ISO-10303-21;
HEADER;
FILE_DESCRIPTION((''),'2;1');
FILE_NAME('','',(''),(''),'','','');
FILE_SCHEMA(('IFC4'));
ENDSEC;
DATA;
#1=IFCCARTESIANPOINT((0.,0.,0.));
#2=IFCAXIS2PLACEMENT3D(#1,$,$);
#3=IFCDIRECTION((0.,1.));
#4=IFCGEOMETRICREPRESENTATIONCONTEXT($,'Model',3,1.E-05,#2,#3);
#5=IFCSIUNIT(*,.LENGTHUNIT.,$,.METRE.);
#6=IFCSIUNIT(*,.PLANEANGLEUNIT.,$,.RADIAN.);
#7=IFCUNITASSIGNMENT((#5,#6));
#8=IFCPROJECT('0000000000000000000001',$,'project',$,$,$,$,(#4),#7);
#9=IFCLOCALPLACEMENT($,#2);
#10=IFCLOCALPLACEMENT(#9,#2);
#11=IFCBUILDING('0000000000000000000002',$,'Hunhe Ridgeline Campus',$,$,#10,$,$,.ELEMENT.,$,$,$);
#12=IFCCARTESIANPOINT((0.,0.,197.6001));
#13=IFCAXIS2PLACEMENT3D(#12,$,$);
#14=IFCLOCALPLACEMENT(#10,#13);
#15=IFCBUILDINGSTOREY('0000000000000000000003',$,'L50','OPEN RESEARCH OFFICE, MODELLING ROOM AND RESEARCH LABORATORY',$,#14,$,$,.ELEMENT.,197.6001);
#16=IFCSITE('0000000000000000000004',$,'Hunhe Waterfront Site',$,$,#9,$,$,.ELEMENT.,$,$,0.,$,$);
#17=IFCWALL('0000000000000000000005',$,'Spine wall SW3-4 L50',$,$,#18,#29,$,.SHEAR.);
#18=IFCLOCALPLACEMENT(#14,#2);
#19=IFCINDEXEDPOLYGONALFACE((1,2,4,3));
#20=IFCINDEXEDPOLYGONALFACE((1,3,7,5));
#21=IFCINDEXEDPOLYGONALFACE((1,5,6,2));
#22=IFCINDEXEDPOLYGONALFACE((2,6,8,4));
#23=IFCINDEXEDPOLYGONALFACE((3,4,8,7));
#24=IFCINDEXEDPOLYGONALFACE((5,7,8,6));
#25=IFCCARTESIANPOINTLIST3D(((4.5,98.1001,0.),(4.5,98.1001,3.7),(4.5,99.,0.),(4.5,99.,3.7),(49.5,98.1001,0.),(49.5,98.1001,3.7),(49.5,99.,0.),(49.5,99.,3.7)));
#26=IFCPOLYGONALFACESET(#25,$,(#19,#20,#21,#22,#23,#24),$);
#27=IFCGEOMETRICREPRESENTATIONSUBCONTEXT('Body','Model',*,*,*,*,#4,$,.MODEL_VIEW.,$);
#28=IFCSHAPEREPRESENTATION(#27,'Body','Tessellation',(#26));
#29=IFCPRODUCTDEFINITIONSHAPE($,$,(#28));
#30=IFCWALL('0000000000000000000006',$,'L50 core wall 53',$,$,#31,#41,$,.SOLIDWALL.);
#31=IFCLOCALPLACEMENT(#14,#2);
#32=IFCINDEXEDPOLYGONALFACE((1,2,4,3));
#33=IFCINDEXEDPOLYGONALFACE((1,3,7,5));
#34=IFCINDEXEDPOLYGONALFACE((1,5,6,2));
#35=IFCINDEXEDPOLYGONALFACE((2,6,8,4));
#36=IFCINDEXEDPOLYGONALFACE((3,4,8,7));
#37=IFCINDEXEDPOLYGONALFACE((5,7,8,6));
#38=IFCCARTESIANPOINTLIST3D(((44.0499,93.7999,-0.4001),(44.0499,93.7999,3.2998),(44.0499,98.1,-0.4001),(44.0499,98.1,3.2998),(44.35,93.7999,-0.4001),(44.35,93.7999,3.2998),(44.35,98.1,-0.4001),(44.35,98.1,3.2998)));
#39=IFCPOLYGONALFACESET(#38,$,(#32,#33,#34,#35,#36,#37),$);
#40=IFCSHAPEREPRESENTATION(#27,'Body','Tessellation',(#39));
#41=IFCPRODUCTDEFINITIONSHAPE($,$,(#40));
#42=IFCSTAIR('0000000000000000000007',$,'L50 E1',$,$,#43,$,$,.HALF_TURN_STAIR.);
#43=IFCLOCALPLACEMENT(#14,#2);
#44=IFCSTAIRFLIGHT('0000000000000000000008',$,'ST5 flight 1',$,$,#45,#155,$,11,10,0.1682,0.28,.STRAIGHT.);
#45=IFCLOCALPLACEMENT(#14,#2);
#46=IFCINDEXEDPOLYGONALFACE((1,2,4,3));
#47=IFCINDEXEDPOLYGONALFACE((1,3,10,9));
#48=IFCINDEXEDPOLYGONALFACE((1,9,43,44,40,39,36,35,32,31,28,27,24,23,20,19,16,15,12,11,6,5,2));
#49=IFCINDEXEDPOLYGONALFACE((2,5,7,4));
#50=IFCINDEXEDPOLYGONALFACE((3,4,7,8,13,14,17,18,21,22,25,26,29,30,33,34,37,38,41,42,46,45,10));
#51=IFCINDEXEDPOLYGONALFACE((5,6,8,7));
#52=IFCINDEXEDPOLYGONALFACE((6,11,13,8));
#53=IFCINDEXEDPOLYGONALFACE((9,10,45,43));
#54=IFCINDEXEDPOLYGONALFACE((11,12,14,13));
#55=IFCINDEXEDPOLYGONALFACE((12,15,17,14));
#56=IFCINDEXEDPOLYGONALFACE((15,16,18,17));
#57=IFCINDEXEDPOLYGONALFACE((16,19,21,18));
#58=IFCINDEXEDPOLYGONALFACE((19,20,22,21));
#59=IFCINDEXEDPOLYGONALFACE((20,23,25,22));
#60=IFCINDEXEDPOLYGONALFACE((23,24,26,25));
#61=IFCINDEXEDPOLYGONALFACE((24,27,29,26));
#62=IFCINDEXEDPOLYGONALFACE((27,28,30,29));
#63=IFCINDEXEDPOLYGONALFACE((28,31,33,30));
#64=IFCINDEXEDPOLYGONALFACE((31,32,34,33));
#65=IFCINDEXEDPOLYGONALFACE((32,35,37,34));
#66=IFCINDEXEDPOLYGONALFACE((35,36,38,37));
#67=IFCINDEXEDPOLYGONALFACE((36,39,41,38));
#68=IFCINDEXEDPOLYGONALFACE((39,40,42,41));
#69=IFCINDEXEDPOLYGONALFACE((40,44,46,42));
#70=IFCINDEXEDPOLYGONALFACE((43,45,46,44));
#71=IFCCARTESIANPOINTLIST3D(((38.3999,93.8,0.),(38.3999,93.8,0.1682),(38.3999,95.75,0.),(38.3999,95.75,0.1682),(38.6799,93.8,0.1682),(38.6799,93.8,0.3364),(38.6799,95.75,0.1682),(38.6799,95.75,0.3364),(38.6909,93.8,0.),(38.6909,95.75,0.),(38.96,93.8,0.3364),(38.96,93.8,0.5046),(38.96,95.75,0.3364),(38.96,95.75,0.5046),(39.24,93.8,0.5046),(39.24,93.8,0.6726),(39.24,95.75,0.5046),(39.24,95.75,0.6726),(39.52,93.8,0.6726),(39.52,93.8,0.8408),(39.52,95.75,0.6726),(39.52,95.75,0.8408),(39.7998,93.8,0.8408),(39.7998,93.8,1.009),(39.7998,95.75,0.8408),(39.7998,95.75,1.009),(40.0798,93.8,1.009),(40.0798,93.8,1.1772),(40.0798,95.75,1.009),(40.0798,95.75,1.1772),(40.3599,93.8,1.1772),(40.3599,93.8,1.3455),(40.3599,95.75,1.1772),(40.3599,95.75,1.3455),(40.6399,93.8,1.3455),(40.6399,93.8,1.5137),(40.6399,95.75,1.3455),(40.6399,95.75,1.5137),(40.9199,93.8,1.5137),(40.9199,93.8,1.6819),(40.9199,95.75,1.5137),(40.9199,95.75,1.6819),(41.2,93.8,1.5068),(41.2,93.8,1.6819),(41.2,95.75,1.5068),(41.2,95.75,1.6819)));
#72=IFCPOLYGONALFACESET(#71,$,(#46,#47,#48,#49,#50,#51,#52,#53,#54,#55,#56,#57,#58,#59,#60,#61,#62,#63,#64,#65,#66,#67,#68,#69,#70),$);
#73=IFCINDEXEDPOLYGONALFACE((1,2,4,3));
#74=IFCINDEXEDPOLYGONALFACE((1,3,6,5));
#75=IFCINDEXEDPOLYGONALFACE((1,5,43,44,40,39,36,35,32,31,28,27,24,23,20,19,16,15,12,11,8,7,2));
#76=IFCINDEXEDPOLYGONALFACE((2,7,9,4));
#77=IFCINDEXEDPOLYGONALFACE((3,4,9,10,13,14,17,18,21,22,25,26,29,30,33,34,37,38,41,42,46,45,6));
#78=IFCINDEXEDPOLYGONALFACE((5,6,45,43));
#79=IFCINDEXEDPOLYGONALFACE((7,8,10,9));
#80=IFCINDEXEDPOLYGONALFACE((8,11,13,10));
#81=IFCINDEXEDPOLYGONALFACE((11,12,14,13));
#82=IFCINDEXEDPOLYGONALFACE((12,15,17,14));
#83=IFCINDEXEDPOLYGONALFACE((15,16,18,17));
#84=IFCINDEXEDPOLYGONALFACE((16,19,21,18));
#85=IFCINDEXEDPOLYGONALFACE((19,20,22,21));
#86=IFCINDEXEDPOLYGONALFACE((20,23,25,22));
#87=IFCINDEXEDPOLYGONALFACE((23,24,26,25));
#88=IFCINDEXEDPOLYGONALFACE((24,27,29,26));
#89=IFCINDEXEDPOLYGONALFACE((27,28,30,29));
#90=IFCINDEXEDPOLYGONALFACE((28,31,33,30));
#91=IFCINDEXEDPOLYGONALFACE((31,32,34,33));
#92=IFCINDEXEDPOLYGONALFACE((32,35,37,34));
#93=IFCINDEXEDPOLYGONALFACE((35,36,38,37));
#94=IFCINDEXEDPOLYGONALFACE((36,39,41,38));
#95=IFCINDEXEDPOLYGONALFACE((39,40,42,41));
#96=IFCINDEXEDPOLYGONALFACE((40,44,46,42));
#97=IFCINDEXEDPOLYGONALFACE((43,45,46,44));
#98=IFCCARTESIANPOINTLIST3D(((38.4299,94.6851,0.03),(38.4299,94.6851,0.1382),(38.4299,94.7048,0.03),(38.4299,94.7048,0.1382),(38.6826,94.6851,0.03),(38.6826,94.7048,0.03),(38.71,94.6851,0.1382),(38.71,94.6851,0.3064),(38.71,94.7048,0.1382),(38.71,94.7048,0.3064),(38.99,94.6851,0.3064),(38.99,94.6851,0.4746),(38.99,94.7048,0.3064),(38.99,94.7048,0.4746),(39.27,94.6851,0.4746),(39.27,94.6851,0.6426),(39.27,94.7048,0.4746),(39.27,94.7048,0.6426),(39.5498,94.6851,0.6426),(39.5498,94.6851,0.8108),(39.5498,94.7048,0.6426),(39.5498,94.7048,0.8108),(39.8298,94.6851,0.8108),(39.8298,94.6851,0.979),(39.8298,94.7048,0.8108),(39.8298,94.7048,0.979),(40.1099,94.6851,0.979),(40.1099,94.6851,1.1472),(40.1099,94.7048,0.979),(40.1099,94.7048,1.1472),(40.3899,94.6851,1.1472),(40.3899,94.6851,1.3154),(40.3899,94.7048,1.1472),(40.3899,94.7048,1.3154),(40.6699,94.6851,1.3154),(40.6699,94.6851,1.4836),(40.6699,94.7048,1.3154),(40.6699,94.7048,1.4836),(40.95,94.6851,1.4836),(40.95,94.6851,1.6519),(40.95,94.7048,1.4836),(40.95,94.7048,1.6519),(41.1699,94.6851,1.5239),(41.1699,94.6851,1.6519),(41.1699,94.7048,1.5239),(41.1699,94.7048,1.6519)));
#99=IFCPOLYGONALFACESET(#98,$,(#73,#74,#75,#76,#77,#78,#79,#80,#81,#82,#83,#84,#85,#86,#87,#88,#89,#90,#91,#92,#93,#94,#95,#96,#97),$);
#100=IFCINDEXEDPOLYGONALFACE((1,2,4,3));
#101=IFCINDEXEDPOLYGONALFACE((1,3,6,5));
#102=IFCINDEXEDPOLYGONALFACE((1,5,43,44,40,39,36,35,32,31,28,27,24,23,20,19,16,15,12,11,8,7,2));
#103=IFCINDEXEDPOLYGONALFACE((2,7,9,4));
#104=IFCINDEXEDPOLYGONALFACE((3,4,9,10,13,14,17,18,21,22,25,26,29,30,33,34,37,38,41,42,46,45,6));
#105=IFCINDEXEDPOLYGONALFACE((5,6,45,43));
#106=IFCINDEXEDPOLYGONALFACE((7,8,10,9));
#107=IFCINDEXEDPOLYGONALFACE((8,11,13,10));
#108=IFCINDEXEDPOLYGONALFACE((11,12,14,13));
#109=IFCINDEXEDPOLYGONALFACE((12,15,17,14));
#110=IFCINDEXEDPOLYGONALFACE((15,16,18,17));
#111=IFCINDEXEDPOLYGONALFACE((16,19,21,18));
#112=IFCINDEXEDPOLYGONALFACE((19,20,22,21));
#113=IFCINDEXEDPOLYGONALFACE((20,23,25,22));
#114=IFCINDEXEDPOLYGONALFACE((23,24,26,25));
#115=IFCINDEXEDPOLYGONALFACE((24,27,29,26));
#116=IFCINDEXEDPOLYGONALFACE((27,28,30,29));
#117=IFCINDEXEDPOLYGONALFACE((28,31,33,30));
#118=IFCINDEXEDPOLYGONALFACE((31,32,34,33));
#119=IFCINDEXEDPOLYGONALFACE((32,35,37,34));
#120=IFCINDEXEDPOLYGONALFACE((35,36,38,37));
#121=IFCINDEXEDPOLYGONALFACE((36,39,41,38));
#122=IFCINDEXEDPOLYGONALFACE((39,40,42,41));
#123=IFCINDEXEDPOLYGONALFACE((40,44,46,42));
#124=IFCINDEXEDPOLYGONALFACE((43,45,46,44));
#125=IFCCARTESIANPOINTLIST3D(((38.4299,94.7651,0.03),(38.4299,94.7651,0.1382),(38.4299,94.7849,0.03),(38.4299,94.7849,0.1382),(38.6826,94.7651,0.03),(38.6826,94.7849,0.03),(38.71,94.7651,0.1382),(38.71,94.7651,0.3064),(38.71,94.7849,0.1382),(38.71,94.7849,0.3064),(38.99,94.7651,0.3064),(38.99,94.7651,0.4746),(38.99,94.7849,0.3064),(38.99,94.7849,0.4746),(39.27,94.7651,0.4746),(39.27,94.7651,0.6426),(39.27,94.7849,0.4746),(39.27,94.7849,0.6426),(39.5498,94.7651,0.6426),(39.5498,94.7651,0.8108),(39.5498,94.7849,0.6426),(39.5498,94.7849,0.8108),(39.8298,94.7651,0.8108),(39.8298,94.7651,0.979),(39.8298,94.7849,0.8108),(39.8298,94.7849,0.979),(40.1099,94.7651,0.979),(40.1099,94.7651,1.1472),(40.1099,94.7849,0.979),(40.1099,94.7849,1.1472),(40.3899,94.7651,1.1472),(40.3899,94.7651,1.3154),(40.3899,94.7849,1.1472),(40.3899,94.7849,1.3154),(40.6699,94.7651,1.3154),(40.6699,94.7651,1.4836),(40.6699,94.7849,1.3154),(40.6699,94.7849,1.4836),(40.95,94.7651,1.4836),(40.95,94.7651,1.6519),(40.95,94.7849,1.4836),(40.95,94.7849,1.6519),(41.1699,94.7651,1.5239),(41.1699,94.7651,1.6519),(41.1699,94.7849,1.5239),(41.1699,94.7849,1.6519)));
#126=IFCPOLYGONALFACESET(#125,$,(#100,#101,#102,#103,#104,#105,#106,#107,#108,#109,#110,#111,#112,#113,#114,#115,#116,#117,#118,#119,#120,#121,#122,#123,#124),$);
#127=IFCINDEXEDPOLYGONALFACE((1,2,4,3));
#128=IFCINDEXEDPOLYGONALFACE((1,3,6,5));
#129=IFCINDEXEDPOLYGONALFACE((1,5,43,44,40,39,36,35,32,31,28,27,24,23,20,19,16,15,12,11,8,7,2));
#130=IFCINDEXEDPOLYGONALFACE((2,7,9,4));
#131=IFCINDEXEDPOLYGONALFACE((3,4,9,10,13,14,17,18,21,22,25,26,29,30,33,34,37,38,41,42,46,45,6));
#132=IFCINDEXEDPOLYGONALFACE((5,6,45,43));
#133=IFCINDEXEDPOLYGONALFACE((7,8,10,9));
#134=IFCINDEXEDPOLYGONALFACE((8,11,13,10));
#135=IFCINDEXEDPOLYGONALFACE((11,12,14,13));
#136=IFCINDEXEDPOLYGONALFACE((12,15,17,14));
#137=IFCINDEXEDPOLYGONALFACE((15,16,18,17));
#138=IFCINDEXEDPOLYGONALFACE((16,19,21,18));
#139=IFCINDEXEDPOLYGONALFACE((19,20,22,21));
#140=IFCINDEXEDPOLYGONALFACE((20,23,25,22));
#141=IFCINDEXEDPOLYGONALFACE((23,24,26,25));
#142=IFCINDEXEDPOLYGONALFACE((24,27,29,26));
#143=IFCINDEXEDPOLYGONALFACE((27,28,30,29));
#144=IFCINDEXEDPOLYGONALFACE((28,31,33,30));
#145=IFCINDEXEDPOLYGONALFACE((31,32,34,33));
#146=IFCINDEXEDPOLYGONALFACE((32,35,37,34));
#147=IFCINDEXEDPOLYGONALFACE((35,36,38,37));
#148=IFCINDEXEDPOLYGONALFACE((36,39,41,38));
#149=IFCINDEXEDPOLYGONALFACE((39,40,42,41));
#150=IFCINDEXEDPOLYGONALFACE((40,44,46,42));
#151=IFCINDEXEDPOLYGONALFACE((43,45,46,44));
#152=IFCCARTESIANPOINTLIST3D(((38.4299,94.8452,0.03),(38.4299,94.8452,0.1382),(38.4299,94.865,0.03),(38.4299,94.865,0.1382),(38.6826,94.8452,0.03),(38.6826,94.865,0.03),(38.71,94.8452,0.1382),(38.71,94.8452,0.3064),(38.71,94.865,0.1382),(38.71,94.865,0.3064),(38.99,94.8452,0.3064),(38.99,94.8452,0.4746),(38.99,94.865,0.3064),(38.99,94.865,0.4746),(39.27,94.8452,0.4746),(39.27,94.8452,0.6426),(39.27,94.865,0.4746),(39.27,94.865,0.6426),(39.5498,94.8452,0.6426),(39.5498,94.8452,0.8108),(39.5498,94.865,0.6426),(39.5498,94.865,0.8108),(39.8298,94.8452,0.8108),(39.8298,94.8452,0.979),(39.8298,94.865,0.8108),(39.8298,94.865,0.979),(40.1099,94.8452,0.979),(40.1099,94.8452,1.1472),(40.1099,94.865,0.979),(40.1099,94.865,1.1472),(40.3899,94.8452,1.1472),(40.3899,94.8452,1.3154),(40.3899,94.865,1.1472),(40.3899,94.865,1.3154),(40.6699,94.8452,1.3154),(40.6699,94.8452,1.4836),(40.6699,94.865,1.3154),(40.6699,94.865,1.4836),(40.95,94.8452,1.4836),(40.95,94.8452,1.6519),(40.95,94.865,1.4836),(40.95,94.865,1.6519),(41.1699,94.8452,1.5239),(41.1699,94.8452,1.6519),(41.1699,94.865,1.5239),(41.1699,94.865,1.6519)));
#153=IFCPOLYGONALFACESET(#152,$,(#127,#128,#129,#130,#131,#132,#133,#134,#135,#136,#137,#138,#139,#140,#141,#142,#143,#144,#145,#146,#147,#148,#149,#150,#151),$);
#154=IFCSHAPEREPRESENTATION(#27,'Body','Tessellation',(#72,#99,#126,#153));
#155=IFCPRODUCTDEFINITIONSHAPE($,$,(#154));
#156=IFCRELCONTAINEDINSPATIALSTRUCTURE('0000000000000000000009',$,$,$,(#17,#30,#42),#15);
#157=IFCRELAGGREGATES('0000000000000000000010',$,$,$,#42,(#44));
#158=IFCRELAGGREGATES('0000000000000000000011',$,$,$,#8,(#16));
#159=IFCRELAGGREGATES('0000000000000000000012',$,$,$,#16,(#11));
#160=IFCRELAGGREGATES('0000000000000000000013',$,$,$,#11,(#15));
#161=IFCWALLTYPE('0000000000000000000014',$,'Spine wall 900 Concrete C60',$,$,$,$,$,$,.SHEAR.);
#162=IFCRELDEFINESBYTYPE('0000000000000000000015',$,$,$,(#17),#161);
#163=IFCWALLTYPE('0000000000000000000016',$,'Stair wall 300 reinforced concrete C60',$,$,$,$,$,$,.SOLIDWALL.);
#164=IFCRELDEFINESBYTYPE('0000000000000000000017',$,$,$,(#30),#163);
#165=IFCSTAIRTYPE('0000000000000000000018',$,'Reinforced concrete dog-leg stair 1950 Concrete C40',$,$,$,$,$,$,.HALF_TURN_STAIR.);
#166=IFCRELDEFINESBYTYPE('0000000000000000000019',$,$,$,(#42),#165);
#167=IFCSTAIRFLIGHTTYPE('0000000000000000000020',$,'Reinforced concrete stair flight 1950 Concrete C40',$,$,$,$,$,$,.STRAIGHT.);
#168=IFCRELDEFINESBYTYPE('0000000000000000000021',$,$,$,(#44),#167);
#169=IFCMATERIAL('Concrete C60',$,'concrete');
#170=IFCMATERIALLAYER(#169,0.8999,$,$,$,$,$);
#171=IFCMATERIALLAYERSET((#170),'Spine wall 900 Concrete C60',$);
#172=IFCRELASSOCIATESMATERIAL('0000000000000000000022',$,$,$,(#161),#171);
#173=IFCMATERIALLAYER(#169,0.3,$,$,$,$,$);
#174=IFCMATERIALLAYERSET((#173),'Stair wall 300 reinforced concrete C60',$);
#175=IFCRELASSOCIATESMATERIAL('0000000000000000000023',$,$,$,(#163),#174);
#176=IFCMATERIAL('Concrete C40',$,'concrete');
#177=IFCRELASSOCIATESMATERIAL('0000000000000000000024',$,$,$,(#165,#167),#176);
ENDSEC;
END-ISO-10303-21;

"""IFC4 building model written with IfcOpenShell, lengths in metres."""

from ifc_helpers import new_model, si_unit, direction, frame, frame_2d, origin, place, context, subcontext, project, spatial, polyline, rectangle, outline, extrude, material, layer, layer_set, type_object, element, aggregate, save


model = new_model("IFC4")

# Units and contexts
model_context = context("Model", 3, precision=1e-05, world=origin(), true_north=direction((0.0, 1.0)))
body_context = subcontext(model_context, "Body", "Model", "MODEL_VIEW")
ifc_project = project(units=[si_unit("LENGTHUNIT", "METRE"), si_unit("PLANEANGLEUNIT", "RADIAN")], contexts=[model_context])

# Site, building, storey
site_placement = place(None, origin())
site = spatial("IfcSite", under=ifc_project, at=site_placement, Name="Hunhe Waterfront Site", CompositionType="ELEMENT", RefElevation=0.0)
building_placement = place(site_placement, origin())
building = spatial("IfcBuilding", under=site, at=building_placement, Name="Hunhe Ridgeline Campus", CompositionType="ELEMENT")
storey_placement = place(building_placement, frame((0.0, 0.0, 197.6001)))
storey = spatial("IfcBuildingStorey", under=building, at=storey_placement, Name="L50", Description="OPEN RESEARCH OFFICE, MODELLING ROOM AND RESEARCH LABORATORY", CompositionType="ELEMENT", Elevation=197.6001)

# Shared definitions
ifc_material_1 = material(Name="Concrete C60", Category="concrete")

# Walls
ifc_layer_1 = layer(ifc_material_1, 0.8999)
ifc_layer_set_1 = layer_set([ifc_layer_1], Name="Spine wall 900 Concrete C60")
wall_type_1 = type_object("IfcWallType", Name="Spine wall 900 Concrete C60", PredefinedType="SHEAR", material=ifc_layer_set_1)
wall_1_placement = place(storey_placement, frame((49.5, 98.55, 0.0), z_axis=(0.0, 0.0, 1.0), x_axis=(-1.0, 0.0, 0.0)))
element("IfcWall", 1, at=wall_1_placement, inside=storey, type_object=wall_type_1, Name="Spine wall SW3-4 L50", PredefinedType="SHEAR", context=body_context, shape_type="SweptSolid", body=[
    extrude(rectangle(XDim=45.0, YDim=0.8999, at=frame_2d((22.5, 0.0))), origin(), (0.0, 0.0, 1.0), 3.7),
])
ifc_layer_2 = layer(ifc_material_1, 0.3)
ifc_layer_set_2 = layer_set([ifc_layer_2], Name="Stair wall 300 reinforced concrete C60")
wall_type_2 = type_object("IfcWallType", Name="Stair wall 300 reinforced concrete C60", PredefinedType="SOLIDWALL", material=ifc_layer_set_2)
wall_2_placement = place(storey_placement, frame((44.2, 93.8, -0.4001), z_axis=(0.0, 0.0, 1.0), x_axis=(0.0, 1.0, 0.0)))
element("IfcWall", 2, at=wall_2_placement, inside=storey, type_object=wall_type_2, Name="L50 core wall 53", PredefinedType="SOLIDWALL", context=body_context, shape_type="SweptSolid", body=[
    extrude(rectangle(XDim=4.3, YDim=0.3, at=frame_2d((2.1499, 0.0))), origin(), (0.0, 0.0, 1.0), 3.7),
])

# Stair, stair flight
ifc_material_2 = material(Name="Concrete C40", Category="concrete")
stair_type = type_object("IfcStairType", Name="Reinforced concrete dog-leg stair 1950 Concrete C40", PredefinedType="HALF_TURN_STAIR", material=ifc_material_2)
stair_placement = place(storey_placement, origin())
stair = element("IfcStair", 3, at=stair_placement, inside=storey, type_object=stair_type, Name="L50 E1", PredefinedType="HALF_TURN_STAIR")
stair_flight_type = type_object("IfcStairFlightType", Name="Reinforced concrete stair flight 1950 Concrete C40", PredefinedType="STRAIGHT", material=ifc_material_2)
stair_flight_1_placement = place(storey_placement, frame((38.3999, 94.7749, 0.0), z_axis=(0.0, 0.0, 1.0), x_axis=(1.0, 0.0, 0.0)))
stair_flight_1 = element("IfcStairFlight", 4, at=stair_flight_1_placement, type_object=stair_flight_type, Name="ST5 flight 1", NumberOfRisers=11, NumberOfTreads=10, PredefinedType="STRAIGHT", RiserHeight=0.1682, TreadLength=0.28, context=body_context, shape_type="SweptSolid", body=[
    extrude(outline(polyline([(0.0, 0.0), (0.0, 0.1682), (0.28, 0.1682), (0.28, 0.3364), (0.5601, 0.3364), (0.5601, 0.5046), (0.8401, 0.5046), (0.8401, 0.6726), (1.1201, 0.6726), (1.1201, 0.8408), (1.3999, 0.8408), (1.3999, 1.009), (1.6799, 1.009), (1.6799, 1.1772), (1.96, 1.1772), (1.96, 1.3455), (2.24, 1.3455), (2.24, 1.5137), (2.52, 1.5137), (2.52, 1.6819), (2.8, 1.6819), (2.8, 1.8501), (2.8, 1.5068), (0.291, 0.0), (0.0, 0.0)])), frame((0.0, 0.9751, 0.0), z_axis=(0.0, -1.0, 0.0), x_axis=(1.0, 0.0, 0.0)), (0.0, 0.0, 1.0), 1.95),
    extrude(outline(polyline([(0.03, 0.03), (0.03, 0.1382), (0.3101, 0.1382), (0.3101, 0.3064), (0.5901, 0.3064), (0.5901, 0.4746), (0.8701, 0.4746), (0.8701, 0.6426), (1.1499, 0.6426), (1.1499, 0.8108), (1.4299, 0.8108), (1.4299, 0.979), (1.71, 0.979), (1.71, 1.1472), (1.99, 1.1472), (1.99, 1.3154), (2.27, 1.3154), (2.27, 1.4836), (2.55, 1.4836), (2.55, 1.6519), (2.77, 1.6519), (2.77, 1.5239), (0.2827, 0.03), (0.03, 0.03)])), frame((0.0, -0.0701, 0.0), z_axis=(0.0, -1.0, 0.0), x_axis=(1.0, 0.0, 0.0)), (0.0, 0.0, 1.0), 0.0198),
    extrude(outline(polyline([(0.03, 0.03), (0.03, 0.1382), (0.3101, 0.1382), (0.3101, 0.3064), (0.5901, 0.3064), (0.5901, 0.4746), (0.8701, 0.4746), (0.8701, 0.6426), (1.1499, 0.6426), (1.1499, 0.8108), (1.4299, 0.8108), (1.4299, 0.979), (1.71, 0.979), (1.71, 1.1472), (1.99, 1.1472), (1.99, 1.3154), (2.27, 1.3154), (2.27, 1.4836), (2.55, 1.4836), (2.55, 1.6519), (2.77, 1.6519), (2.77, 1.5239), (0.2827, 0.03), (0.03, 0.03)])), frame((0.0, 0.01, 0.0), z_axis=(0.0, -1.0, 0.0), x_axis=(1.0, 0.0, 0.0)), (0.0, 0.0, 1.0), 0.0198),
    extrude(outline(polyline([(0.03, 0.03), (0.03, 0.1382), (0.3101, 0.1382), (0.3101, 0.3064), (0.5901, 0.3064), (0.5901, 0.4746), (0.8701, 0.4746), (0.8701, 0.6426), (1.1499, 0.6426), (1.1499, 0.8108), (1.4299, 0.8108), (1.4299, 0.979), (1.71, 0.979), (1.71, 1.1472), (1.99, 1.1472), (1.99, 1.3154), (2.27, 1.3154), (2.27, 1.4836), (2.55, 1.4836), (2.55, 1.6519), (2.77, 1.6519), (2.77, 1.5239), (0.2827, 0.03), (0.03, 0.03)])), frame((0.0, 0.0901, 0.0), z_axis=(0.0, -1.0, 0.0), x_axis=(1.0, 0.0, 0.0)), (0.0, 0.0, 1.0), 0.0198),
])
aggregate(stair, [stair_flight_1])

save(model, "model.ifc")
